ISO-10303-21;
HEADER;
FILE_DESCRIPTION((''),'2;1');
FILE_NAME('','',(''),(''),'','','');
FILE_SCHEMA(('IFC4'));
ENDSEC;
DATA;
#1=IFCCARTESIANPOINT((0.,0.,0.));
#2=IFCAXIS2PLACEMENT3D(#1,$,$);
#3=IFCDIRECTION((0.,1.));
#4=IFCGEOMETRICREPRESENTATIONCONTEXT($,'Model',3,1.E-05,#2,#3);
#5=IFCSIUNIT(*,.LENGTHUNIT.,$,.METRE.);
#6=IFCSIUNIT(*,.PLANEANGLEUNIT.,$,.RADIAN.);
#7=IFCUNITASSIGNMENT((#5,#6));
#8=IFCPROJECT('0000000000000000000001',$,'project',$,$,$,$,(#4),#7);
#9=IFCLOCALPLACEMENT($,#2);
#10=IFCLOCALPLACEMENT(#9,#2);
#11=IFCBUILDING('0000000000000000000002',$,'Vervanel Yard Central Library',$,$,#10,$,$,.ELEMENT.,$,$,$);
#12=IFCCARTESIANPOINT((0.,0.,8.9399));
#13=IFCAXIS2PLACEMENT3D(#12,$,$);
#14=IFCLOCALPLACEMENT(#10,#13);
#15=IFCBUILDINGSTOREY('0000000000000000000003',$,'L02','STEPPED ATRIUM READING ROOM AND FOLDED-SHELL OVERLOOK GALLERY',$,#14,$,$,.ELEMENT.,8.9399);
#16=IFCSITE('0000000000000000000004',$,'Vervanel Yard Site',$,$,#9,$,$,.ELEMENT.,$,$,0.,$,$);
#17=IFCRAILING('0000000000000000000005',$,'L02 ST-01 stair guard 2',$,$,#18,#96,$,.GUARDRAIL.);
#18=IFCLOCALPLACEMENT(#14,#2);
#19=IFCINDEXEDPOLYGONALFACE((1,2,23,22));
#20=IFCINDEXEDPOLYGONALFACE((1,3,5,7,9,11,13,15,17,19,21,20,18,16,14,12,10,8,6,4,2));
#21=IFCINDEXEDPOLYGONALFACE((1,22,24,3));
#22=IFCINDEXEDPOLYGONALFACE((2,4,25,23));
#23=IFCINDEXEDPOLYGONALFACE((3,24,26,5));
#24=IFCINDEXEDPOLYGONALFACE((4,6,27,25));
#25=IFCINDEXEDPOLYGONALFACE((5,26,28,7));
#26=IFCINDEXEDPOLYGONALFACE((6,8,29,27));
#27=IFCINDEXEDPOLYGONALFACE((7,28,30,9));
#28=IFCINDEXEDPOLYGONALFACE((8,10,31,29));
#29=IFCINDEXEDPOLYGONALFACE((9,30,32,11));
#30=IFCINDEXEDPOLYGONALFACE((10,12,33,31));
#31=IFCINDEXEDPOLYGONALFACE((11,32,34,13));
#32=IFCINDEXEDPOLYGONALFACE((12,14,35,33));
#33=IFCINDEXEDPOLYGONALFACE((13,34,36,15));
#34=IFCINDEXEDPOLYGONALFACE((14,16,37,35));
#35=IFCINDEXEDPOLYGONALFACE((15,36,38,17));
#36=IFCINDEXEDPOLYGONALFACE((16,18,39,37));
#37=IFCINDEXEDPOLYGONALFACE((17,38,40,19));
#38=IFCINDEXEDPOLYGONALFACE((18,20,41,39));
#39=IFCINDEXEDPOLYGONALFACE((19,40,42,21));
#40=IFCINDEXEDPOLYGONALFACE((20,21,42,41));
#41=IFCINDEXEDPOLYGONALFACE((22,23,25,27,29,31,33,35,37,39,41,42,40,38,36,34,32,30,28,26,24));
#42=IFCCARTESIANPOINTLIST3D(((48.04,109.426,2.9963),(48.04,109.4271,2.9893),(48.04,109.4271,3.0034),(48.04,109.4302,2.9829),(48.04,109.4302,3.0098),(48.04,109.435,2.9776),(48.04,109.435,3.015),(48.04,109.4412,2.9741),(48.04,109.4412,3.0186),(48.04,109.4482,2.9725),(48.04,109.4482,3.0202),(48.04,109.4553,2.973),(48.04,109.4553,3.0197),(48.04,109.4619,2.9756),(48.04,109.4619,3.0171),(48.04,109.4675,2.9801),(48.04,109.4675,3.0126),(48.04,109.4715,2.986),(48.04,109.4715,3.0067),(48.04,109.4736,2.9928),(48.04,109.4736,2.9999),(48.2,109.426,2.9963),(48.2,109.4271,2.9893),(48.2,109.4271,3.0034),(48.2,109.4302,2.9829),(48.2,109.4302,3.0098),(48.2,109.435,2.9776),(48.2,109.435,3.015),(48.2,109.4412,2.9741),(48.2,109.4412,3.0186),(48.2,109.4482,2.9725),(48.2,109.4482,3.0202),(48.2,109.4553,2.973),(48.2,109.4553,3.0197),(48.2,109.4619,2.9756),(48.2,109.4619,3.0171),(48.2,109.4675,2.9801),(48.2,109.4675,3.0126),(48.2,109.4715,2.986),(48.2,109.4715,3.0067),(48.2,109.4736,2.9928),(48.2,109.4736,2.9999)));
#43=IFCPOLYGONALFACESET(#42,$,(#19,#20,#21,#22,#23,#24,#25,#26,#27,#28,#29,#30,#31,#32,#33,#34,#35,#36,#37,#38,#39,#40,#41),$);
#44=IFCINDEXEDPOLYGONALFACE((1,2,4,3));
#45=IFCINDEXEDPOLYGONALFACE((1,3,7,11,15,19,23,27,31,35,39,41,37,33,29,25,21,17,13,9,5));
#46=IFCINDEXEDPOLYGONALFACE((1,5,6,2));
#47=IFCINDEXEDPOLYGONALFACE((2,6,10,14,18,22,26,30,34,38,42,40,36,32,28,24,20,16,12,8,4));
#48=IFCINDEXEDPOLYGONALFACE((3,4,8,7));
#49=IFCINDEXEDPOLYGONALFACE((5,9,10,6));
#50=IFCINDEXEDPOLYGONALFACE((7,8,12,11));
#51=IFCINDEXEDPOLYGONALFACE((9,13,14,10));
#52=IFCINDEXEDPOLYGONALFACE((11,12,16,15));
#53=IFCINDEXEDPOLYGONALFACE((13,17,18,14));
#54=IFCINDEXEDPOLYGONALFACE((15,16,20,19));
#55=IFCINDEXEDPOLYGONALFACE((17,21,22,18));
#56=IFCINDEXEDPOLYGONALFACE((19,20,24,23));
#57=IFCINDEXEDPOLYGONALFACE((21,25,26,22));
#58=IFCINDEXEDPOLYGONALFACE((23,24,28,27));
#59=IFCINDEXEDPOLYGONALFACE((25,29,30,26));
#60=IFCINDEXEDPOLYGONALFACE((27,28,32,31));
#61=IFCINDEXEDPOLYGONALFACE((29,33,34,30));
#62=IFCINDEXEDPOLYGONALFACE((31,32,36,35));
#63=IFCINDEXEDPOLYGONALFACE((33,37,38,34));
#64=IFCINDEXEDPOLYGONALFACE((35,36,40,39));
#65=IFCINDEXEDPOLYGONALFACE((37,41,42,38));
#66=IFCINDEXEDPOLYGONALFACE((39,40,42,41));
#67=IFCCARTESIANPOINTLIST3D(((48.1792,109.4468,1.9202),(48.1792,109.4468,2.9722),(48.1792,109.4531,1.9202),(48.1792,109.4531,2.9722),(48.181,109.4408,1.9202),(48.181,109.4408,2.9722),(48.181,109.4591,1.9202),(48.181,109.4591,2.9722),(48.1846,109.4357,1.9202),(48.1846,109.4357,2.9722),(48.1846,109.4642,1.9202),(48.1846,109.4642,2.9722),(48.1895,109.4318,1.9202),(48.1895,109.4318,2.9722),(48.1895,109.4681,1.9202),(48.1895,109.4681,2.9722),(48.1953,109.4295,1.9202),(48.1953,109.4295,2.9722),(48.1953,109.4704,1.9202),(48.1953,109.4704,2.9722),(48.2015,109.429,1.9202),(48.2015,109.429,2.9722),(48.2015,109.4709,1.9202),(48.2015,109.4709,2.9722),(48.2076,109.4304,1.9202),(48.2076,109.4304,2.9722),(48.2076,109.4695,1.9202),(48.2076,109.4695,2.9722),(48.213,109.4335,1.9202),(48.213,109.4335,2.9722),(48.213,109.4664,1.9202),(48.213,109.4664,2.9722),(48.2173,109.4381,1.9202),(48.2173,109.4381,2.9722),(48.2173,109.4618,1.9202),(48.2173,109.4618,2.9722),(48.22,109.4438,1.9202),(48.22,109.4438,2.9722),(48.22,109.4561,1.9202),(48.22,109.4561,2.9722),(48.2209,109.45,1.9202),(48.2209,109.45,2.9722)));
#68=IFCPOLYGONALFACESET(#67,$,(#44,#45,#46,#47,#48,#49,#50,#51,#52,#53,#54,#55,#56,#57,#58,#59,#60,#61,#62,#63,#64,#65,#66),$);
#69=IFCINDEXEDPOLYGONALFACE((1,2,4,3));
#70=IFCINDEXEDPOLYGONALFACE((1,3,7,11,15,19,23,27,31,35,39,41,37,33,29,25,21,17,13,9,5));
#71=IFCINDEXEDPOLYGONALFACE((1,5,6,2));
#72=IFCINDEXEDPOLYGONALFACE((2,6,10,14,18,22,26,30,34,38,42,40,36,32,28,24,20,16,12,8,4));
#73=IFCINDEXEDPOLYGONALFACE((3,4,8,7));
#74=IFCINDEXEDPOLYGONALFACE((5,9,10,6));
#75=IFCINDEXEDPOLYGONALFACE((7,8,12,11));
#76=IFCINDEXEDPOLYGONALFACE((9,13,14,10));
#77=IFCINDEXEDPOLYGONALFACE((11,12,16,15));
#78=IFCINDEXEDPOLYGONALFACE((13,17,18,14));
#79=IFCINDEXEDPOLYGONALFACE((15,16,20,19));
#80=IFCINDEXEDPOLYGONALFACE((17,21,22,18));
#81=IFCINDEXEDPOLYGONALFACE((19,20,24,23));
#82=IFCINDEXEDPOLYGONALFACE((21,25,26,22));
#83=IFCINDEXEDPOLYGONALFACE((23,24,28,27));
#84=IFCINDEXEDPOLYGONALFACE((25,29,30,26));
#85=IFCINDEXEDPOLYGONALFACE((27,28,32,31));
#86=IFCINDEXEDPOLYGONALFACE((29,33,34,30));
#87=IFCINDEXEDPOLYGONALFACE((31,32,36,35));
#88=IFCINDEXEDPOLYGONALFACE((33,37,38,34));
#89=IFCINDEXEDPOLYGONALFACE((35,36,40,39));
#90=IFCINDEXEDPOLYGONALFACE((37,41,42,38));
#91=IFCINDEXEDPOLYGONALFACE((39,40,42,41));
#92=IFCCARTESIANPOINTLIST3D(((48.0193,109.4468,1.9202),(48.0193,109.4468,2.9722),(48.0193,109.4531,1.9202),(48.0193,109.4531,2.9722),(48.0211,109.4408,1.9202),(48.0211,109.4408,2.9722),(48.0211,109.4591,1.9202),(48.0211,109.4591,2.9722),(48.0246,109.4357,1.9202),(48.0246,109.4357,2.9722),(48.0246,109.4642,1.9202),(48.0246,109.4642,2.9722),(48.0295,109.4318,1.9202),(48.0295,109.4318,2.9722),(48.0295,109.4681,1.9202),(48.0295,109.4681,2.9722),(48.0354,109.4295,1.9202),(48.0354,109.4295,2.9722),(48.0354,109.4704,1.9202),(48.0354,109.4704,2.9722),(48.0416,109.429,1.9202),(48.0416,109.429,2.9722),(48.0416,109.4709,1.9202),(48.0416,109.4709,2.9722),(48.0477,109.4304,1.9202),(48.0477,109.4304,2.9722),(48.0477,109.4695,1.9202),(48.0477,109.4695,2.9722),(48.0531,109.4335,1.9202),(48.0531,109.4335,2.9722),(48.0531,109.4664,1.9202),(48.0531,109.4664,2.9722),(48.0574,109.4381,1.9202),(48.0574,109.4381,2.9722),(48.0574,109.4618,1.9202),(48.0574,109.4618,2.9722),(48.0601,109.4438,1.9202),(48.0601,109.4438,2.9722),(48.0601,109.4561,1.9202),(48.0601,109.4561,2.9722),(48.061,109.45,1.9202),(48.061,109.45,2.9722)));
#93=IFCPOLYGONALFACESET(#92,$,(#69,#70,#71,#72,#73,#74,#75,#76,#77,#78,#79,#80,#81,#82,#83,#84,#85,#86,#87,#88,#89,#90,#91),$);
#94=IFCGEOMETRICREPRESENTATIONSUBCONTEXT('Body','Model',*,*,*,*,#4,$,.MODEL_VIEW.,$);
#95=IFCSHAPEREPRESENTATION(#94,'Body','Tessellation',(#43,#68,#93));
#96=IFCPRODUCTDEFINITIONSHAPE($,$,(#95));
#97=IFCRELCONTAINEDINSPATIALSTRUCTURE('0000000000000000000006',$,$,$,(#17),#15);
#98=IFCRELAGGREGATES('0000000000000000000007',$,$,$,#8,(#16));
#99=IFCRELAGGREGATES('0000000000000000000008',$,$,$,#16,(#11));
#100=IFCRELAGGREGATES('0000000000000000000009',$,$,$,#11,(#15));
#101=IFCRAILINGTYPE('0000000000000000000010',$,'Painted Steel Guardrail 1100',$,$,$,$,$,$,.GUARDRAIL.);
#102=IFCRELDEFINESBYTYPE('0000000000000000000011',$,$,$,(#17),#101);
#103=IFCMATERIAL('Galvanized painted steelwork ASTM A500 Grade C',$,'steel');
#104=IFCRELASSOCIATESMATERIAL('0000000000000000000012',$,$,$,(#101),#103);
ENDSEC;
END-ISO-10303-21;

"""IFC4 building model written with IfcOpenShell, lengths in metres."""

from ifc_helpers import new_model, si_unit, direction, frame, origin, origin_2d, place, context, subcontext, project, spatial, circle, extrude, material, type_object, element, save


model = new_model("IFC4")

# Units and contexts
model_context = context("Model", 3, precision=1e-05, world=origin(), true_north=direction((0.0, 1.0)))
body_context = subcontext(model_context, "Body", "Model", "MODEL_VIEW")
ifc_project = project(units=[si_unit("LENGTHUNIT", "METRE"), si_unit("PLANEANGLEUNIT", "RADIAN")], contexts=[model_context])

# Site, building, storey
site_placement = place(None, origin())
site = spatial("IfcSite", under=ifc_project, at=site_placement, Name="Vervanel Yard Site", CompositionType="ELEMENT", RefElevation=0.0)
building_placement = place(site_placement, origin())
building = spatial("IfcBuilding", under=site, at=building_placement, Name="Vervanel Yard Central Library", CompositionType="ELEMENT")
storey_placement = place(building_placement, frame((0.0, 0.0, 8.9399)))
storey = spatial("IfcBuildingStorey", under=building, at=storey_placement, Name="L02", Description="STEPPED ATRIUM READING ROOM AND FOLDED-SHELL OVERLOOK GALLERY", CompositionType="ELEMENT", Elevation=8.9399)

# Railing
ifc_material_1 = material(Name="Galvanized painted steelwork ASTM A500 Grade C", Category="steel")
railing_type_1 = type_object("IfcRailingType", Name="Painted Steel Guardrail 1100", PredefinedType="GUARDRAIL", material=ifc_material_1)
railing_1_placement = place(storey_placement, frame((48.2, 109.45, 1.9202)))
element("IfcRailing", 1, at=railing_1_placement, inside=storey, type_object=railing_type_1, Name="L02 ST-01 stair guard 2", PredefinedType="GUARDRAIL", context=body_context, shape_type="SweptSolid", body=[
    extrude(circle(Radius=0.0239, at=origin_2d()), frame((0.0, 0.0, 1.0762), z_axis=(-1.0, 0.0, 0.0), x_axis=(0.0, -1.0, 0.0)), (0.0, 0.0, 1.0), 0.1599),
    extrude(circle(Radius=0.021, at=origin_2d()), origin(), (0.0, 0.0, 1.0), 1.052),
    extrude(circle(Radius=0.021, at=origin_2d()), frame((-0.1599, 0.0, 0.0)), (0.0, 0.0, 1.0), 1.052),
])

save(model, "model.ifc")
